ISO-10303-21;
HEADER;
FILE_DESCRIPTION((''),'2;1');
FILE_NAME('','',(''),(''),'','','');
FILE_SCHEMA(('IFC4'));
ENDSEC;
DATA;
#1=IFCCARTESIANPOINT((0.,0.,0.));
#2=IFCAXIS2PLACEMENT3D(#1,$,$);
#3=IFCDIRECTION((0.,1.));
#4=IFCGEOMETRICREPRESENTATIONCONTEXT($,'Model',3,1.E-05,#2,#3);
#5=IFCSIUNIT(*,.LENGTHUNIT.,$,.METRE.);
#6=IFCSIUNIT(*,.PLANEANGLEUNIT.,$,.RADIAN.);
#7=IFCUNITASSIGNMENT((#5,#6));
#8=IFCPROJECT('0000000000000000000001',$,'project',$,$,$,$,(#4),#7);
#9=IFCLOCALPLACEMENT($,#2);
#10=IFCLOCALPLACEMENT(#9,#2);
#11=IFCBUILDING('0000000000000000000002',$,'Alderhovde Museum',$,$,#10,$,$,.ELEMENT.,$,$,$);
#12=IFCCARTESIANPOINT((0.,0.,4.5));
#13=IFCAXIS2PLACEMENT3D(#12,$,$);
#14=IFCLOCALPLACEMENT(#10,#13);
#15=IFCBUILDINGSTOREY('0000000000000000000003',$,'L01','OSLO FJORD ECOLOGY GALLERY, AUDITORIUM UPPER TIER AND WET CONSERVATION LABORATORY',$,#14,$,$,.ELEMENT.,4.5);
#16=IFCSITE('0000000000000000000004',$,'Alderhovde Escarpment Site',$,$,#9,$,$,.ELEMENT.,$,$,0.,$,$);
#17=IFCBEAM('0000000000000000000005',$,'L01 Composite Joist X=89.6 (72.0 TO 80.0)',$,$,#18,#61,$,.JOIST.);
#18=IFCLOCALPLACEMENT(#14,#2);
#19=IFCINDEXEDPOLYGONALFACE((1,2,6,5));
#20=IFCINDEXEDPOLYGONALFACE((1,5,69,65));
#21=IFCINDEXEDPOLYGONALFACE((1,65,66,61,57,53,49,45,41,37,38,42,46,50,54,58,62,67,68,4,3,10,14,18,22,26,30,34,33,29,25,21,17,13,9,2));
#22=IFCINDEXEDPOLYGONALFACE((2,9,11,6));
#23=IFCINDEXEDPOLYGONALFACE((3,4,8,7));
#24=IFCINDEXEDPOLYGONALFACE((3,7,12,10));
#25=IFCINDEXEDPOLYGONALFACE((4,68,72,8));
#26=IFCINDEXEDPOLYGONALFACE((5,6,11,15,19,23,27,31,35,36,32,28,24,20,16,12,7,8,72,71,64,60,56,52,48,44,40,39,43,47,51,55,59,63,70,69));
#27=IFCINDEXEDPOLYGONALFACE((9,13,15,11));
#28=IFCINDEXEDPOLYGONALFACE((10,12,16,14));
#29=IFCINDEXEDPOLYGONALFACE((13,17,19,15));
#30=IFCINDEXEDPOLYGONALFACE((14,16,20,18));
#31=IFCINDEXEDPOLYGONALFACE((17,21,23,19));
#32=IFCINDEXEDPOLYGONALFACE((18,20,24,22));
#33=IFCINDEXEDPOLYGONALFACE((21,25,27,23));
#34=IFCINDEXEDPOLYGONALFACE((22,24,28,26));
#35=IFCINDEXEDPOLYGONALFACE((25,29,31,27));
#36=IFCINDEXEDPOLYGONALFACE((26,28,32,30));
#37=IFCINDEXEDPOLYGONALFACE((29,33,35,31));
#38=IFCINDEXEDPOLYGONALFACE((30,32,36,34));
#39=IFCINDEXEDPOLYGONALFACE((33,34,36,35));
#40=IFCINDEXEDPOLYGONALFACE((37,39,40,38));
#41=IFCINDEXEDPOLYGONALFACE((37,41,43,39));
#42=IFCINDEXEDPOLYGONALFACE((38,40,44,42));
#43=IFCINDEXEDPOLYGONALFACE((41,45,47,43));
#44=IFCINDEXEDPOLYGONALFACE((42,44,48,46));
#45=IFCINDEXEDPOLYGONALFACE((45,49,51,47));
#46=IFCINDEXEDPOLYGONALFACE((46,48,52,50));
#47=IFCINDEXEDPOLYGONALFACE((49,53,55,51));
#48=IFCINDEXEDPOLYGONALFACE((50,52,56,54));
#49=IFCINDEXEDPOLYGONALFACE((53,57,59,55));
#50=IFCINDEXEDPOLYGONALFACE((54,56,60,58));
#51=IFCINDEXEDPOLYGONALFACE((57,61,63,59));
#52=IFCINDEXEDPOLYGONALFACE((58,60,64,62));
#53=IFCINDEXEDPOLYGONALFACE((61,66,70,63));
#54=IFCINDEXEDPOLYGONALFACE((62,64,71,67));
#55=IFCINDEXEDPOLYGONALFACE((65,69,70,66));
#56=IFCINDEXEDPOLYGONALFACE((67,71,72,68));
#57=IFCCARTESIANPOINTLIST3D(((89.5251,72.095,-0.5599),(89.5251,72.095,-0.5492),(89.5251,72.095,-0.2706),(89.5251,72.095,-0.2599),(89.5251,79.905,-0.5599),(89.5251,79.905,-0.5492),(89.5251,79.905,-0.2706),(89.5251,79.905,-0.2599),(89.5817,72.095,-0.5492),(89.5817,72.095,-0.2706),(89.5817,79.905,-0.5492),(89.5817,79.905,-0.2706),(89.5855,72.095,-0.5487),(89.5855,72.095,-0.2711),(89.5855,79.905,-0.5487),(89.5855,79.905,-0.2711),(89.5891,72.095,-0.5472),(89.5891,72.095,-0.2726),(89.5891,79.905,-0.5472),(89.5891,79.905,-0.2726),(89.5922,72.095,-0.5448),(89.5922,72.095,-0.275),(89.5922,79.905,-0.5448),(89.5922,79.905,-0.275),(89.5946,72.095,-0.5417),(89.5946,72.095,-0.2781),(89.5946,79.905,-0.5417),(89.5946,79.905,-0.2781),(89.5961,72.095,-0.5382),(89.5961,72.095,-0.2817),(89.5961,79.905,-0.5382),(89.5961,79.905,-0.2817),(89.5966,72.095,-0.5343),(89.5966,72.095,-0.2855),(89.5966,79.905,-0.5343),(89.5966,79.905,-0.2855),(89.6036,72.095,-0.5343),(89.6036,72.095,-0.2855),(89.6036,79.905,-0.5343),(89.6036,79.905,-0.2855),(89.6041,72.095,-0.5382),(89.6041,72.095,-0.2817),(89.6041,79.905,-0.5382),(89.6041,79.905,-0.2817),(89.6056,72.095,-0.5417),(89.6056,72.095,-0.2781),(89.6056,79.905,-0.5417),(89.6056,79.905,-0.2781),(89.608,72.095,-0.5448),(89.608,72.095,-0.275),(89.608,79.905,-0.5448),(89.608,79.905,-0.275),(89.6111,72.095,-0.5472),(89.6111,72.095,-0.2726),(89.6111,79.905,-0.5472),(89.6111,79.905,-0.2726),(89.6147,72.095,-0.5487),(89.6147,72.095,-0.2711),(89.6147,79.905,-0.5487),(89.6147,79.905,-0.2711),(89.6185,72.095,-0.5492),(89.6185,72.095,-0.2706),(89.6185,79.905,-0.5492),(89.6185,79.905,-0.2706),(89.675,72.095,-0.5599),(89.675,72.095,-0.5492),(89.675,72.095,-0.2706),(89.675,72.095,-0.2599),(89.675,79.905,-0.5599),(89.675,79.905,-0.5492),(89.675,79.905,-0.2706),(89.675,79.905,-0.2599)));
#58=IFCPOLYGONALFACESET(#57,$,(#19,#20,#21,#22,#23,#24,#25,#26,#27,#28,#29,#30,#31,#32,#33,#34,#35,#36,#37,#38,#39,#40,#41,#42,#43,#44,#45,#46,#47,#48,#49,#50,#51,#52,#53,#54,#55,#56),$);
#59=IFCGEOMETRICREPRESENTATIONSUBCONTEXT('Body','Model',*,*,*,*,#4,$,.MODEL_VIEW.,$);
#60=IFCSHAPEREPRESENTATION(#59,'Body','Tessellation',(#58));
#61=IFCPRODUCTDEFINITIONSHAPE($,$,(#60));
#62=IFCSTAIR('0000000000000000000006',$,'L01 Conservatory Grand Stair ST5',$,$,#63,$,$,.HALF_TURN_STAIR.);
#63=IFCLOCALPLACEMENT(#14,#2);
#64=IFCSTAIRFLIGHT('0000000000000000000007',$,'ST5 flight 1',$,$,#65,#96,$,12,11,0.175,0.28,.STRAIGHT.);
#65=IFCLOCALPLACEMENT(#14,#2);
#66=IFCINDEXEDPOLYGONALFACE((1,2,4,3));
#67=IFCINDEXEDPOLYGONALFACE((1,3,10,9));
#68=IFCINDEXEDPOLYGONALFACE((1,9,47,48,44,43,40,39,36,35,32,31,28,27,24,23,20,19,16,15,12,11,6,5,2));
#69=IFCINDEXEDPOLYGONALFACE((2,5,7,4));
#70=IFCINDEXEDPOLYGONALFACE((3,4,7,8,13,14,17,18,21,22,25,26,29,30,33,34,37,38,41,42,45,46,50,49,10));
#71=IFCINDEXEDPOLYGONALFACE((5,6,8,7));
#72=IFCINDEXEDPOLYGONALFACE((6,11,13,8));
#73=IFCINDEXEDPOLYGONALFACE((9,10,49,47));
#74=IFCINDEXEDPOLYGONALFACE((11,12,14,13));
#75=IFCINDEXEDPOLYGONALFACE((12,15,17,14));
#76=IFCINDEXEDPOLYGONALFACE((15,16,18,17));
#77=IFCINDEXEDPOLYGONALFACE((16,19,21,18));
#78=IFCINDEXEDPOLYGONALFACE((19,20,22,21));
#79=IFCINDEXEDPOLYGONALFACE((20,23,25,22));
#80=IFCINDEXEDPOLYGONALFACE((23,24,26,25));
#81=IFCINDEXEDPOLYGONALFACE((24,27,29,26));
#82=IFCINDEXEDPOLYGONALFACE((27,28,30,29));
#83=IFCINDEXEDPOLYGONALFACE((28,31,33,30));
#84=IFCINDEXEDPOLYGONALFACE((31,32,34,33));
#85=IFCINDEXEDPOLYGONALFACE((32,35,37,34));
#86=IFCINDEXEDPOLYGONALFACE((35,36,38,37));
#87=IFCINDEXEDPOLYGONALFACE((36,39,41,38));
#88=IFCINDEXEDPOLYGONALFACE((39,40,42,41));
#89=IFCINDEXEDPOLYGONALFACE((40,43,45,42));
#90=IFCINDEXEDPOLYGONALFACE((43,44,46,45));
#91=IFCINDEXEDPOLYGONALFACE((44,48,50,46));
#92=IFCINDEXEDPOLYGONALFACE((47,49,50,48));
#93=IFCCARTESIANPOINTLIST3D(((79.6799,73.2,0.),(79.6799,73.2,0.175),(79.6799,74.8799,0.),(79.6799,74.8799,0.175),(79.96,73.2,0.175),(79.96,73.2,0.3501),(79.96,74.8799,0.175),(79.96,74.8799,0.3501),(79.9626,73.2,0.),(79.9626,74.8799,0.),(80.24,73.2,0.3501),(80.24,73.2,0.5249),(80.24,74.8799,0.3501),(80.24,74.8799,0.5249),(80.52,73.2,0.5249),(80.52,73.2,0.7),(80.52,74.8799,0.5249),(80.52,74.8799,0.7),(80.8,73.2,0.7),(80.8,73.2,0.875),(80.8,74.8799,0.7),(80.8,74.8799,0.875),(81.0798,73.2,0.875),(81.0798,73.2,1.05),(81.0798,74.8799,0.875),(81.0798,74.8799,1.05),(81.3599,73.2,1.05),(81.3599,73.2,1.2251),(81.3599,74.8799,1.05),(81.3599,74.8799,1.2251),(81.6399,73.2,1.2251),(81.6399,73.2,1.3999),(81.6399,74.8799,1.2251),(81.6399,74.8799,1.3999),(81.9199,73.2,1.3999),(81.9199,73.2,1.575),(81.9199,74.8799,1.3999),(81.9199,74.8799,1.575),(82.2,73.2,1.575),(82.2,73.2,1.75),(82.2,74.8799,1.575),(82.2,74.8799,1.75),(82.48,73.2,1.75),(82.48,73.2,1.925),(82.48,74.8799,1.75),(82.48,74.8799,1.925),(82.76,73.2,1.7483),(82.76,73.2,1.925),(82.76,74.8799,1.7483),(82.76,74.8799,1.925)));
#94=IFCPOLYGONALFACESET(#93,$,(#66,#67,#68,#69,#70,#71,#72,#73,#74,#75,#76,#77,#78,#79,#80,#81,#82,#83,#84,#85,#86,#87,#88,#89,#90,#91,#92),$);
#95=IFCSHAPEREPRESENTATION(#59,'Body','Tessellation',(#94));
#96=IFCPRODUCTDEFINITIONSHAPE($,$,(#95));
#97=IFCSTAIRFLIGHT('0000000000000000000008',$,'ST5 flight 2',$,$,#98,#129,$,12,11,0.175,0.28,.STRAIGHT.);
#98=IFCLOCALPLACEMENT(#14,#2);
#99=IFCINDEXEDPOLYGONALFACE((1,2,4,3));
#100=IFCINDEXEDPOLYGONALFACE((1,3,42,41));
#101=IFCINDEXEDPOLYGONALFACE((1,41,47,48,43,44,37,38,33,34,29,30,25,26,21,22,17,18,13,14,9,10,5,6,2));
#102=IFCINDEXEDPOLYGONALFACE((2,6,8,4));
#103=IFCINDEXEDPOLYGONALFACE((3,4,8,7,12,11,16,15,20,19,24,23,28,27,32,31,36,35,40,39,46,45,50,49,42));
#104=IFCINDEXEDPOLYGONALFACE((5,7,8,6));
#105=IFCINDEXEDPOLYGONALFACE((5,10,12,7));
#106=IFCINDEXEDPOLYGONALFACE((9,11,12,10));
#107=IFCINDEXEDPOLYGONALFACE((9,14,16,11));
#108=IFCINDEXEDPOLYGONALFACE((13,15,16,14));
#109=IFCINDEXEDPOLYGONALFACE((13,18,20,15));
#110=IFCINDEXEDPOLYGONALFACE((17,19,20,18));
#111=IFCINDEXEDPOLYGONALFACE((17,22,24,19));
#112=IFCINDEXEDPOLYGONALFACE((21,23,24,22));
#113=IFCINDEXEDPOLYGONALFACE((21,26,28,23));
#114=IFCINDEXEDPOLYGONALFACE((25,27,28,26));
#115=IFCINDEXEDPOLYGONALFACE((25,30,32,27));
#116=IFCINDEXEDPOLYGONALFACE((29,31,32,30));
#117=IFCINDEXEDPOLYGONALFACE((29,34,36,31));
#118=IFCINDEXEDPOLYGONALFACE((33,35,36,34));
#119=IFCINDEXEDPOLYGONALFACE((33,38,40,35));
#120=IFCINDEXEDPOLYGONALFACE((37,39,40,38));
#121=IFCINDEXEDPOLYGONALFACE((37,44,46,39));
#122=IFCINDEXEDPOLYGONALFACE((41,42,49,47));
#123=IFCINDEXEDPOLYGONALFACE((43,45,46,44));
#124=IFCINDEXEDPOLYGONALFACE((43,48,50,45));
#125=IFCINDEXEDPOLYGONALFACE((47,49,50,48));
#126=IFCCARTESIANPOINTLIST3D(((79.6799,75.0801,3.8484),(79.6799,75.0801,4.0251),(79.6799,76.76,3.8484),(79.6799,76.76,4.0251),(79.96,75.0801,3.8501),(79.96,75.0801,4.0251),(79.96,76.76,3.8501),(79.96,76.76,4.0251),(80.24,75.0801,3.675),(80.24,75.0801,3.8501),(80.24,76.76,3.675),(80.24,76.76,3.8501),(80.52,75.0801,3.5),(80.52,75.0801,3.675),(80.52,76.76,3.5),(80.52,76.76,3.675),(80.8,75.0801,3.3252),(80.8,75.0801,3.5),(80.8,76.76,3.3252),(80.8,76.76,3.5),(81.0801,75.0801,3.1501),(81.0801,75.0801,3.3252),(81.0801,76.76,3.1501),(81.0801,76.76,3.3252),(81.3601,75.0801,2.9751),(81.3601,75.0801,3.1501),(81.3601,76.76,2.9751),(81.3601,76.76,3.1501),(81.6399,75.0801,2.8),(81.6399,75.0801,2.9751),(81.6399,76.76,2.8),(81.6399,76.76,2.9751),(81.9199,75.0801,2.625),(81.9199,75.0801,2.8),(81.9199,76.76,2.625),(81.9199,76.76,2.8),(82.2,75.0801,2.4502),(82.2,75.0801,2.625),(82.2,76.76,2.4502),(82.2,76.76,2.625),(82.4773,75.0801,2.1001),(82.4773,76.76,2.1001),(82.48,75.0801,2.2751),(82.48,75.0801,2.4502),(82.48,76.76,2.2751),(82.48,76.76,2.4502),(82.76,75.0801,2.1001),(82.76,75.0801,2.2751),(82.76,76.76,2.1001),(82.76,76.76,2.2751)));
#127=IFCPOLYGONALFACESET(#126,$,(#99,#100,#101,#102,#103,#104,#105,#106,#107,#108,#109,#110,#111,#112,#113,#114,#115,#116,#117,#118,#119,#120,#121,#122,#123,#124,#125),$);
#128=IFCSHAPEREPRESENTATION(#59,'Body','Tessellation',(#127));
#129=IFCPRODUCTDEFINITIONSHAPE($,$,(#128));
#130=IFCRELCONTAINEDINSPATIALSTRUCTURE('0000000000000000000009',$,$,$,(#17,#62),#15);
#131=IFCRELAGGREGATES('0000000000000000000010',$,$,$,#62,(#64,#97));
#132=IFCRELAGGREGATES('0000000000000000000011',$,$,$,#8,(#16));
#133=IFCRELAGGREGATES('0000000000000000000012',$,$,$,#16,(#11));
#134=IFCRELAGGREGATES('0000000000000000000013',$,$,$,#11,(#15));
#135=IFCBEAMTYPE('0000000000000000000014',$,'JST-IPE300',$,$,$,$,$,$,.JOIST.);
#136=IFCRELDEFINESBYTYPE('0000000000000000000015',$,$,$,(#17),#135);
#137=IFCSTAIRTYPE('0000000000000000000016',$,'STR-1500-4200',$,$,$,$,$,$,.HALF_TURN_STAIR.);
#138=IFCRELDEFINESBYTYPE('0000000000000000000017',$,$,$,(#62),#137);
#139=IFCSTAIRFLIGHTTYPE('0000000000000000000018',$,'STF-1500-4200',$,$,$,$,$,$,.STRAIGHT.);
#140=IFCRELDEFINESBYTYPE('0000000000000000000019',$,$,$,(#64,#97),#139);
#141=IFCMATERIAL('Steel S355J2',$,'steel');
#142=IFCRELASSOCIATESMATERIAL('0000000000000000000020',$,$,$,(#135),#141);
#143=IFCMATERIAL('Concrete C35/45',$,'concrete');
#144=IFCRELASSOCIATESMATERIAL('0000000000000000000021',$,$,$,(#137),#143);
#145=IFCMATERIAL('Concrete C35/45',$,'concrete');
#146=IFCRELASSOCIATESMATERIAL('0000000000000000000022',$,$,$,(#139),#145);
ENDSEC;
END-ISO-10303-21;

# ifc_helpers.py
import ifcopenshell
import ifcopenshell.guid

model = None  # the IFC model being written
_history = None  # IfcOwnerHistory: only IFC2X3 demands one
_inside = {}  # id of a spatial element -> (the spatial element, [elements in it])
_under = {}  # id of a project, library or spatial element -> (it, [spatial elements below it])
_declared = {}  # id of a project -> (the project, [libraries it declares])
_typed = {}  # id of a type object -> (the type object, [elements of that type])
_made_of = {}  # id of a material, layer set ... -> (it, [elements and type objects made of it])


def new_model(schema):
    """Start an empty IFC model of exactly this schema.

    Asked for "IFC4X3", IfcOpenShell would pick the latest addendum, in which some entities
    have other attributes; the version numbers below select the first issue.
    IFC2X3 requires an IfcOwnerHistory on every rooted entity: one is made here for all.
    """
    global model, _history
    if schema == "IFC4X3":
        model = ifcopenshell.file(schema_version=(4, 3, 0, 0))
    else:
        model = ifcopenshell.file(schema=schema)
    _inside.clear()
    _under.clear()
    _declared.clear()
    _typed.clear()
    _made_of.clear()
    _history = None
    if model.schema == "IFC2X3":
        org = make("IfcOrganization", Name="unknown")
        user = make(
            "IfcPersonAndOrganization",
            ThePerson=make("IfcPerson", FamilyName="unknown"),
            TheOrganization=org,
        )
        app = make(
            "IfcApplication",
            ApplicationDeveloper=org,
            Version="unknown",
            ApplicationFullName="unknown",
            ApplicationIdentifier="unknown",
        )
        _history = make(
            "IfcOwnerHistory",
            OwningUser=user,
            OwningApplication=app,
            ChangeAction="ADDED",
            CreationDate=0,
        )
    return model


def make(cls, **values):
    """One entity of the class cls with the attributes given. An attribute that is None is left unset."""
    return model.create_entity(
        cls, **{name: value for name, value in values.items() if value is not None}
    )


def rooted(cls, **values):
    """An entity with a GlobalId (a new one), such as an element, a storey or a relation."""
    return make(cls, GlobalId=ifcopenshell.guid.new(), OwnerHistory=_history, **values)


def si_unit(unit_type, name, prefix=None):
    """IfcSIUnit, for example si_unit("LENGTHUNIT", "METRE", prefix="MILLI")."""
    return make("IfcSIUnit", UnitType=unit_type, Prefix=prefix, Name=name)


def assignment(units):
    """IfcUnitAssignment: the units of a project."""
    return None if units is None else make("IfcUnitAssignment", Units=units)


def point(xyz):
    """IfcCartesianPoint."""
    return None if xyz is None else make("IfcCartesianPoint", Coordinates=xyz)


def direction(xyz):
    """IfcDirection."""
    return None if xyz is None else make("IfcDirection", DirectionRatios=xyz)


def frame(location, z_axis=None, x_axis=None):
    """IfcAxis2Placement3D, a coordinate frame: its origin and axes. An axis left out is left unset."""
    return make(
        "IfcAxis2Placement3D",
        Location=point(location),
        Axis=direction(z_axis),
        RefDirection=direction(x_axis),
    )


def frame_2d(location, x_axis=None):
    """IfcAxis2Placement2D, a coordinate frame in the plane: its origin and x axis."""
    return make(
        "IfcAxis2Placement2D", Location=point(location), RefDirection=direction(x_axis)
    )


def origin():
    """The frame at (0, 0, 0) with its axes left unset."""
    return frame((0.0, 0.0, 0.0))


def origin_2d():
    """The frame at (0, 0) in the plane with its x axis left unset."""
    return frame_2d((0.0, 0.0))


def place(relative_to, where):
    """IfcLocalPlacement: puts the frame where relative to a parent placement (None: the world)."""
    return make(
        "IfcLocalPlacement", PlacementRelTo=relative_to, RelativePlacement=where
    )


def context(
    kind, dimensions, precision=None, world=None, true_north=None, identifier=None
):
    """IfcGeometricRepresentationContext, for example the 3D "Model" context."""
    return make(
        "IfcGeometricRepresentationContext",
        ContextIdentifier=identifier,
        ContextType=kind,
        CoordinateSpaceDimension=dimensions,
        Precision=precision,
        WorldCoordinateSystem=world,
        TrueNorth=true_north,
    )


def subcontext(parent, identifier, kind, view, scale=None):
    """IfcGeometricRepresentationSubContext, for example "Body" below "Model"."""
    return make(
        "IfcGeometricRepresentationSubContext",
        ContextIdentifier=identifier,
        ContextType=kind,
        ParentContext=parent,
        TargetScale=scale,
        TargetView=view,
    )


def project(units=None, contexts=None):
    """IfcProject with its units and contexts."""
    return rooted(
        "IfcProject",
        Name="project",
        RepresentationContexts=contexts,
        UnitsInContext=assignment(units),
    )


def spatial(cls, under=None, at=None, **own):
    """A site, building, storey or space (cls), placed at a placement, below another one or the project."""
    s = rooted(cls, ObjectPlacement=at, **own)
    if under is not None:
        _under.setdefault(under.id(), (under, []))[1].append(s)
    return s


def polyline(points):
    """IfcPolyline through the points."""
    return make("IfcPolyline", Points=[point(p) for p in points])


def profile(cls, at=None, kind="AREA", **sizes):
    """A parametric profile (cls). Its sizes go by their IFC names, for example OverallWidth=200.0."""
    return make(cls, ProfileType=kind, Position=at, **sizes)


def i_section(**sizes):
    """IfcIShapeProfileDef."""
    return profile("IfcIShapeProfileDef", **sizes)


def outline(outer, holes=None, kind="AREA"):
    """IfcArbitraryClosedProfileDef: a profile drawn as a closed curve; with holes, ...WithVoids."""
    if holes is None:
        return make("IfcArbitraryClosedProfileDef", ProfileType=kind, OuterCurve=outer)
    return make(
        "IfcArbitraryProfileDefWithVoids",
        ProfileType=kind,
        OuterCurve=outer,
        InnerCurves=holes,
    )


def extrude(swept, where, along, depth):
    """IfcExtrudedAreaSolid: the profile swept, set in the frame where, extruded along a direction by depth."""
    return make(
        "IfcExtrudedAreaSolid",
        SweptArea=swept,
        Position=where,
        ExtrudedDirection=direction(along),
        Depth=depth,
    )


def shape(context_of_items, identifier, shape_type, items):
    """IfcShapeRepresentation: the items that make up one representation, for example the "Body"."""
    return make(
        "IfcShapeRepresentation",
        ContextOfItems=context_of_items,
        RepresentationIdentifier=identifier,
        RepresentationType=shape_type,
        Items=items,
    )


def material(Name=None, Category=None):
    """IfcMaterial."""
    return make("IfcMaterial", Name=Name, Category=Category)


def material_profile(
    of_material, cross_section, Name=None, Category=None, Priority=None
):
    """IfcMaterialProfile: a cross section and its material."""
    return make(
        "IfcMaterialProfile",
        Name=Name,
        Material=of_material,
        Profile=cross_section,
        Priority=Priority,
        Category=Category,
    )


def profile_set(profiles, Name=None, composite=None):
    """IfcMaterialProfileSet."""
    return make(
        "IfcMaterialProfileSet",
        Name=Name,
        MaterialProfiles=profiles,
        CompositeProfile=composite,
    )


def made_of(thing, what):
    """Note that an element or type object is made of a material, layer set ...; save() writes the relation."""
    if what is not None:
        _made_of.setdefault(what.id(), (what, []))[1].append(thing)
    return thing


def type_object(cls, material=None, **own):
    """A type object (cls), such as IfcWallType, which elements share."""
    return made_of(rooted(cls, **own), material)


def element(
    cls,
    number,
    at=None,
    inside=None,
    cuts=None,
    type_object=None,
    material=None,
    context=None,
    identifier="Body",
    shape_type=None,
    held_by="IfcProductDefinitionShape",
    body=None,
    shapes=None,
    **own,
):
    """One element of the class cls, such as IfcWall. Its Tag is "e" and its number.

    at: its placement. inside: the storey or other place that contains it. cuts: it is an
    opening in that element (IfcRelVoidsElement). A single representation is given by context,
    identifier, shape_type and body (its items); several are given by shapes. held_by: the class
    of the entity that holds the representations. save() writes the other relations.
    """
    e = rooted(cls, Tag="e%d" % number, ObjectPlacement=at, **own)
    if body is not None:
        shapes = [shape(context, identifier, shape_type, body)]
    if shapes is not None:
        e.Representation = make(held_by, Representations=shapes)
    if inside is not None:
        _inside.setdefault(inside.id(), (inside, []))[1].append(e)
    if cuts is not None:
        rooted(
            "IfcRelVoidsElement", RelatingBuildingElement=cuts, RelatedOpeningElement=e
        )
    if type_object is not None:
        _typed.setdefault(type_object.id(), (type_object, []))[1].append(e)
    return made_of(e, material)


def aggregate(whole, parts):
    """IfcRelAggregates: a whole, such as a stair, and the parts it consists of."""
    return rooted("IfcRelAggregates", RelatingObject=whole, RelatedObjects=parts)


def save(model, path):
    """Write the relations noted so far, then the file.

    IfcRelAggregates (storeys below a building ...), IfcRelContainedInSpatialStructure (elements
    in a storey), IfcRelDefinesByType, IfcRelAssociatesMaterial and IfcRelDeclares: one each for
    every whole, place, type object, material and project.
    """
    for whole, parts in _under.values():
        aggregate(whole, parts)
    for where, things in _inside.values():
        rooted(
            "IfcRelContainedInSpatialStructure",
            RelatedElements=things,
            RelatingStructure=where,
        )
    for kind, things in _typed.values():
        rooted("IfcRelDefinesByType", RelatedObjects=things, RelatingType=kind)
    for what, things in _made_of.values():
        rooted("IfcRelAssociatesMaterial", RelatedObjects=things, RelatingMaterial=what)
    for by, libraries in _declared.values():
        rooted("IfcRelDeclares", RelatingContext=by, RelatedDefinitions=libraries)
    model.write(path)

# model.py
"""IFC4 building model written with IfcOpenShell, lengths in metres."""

from ifc_helpers import new_model, si_unit, direction, frame, origin, origin_2d, place, context, subcontext, project, spatial, polyline, i_section, outline, extrude, material, material_profile, profile_set, type_object, element, aggregate, save


model = new_model("IFC4")

# Units and contexts
model_context = context("Model", 3, precision=1e-05, world=origin(), true_north=direction((0.0, 1.0)))
body_context = subcontext(model_context, "Body", "Model", "MODEL_VIEW")
ifc_project = project(units=[si_unit("LENGTHUNIT", "METRE"), si_unit("PLANEANGLEUNIT", "RADIAN")], contexts=[model_context])

# Site, building, storey
site_placement = place(None, origin())
site = spatial("IfcSite", under=ifc_project, at=site_placement, Name="Alderhovde Escarpment Site", CompositionType="ELEMENT", RefElevation=0.0)
building_placement = place(site_placement, origin())
building = spatial("IfcBuilding", under=site, at=building_placement, Name="Alderhovde Museum", CompositionType="ELEMENT")
storey_placement = place(building_placement, frame((0.0, 0.0, 4.5)))
storey = spatial("IfcBuildingStorey", under=building, at=storey_placement, Name="L01", Description="OSLO FJORD ECOLOGY GALLERY, AUDITORIUM UPPER TIER AND WET CONSERVATION LABORATORY", CompositionType="ELEMENT", Elevation=4.5)

# Beam
ifc_material_1 = material(Name="Steel S355J2", Category="steel")
ifc_material_profile_1 = material_profile(ifc_material_1, i_section(OverallWidth=0.1499, OverallDepth=0.3, WebThickness=0.0071, FlangeThickness=0.0107, FilletRadius=0.0149, at=origin_2d()), Name="IPE 300")
ifc_profile_set_1 = profile_set([ifc_material_profile_1], Name="Steel S355J2")
beam_type_1 = type_object("IfcBeamType", Name="JST-IPE300", PredefinedType="JOIST", material=ifc_profile_set_1)
beam_1_placement = place(storey_placement, frame((89.6001, 72.095, -0.4099), z_axis=(0.0, 1.0, 0.0), x_axis=(-1.0, 0.0, 0.0)))
element("IfcBeam", 1, at=beam_1_placement, inside=storey, type_object=beam_type_1, Name="L01 Composite Joist X=89.6 (72.0 TO 80.0)", PredefinedType="JOIST", context=body_context, shape_type="SweptSolid", body=[
    extrude(i_section(OverallWidth=0.1499, OverallDepth=0.3, WebThickness=0.0071, FlangeThickness=0.0107, FilletRadius=0.0149, at=origin_2d()), origin(), (0.0, 0.0, 1.0), 7.8101),
])

# Stair, stair flights
ifc_material_2 = material(Name="Concrete C35/45", Category="concrete")
stair_type = type_object("IfcStairType", Name="STR-1500-4200", PredefinedType="HALF_TURN_STAIR", material=ifc_material_2)
stair_placement = place(storey_placement, origin())
stair = element("IfcStair", 2, at=stair_placement, inside=storey, type_object=stair_type, Name="L01 Conservatory Grand Stair ST5", PredefinedType="HALF_TURN_STAIR")
ifc_material_3 = material(Name="Concrete C35/45", Category="concrete")
stair_flight_type = type_object("IfcStairFlightType", Name="STF-1500-4200", PredefinedType="STRAIGHT", material=ifc_material_3)
stair_flight_1_placement = place(storey_placement, frame((79.6799, 74.04, 0.0), z_axis=(0.0, 0.0, 1.0), x_axis=(1.0, 0.0, 0.0)))
stair_flight_1 = element("IfcStairFlight", 3, at=stair_flight_1_placement, type_object=stair_flight_type, Name="ST5 flight 1", NumberOfRisers=12, NumberOfTreads=11, PredefinedType="STRAIGHT", RiserHeight=0.175, TreadLength=0.28, context=body_context, shape_type="SweptSolid", body=[
    extrude(outline(polyline([(0.0, 0.0), (0.0, 0.175), (0.28, 0.175), (0.28, 0.3501), (0.5601, 0.3501), (0.5601, 0.5249), (0.8401, 0.5249), (0.8401, 0.7), (1.1201, 0.7), (1.1201, 0.875), (1.3999, 0.875), (1.3999, 1.05), (1.6799, 1.05), (1.6799, 1.2251), (1.96, 1.2251), (1.96, 1.3999), (2.24, 1.3999), (2.24, 1.575), (2.52, 1.575), (2.52, 1.75), (2.8, 1.75), (2.8, 1.925), (3.0801, 1.925), (3.0801, 2.1001), (3.0801, 1.7483), (0.2827, 0.0), (0.0, 0.0)])), frame((0.0, 0.8398, 0.0), z_axis=(0.0, -1.0, 0.0), x_axis=(1.0, 0.0, 0.0)), (0.0, 0.0, 1.0), 1.6799),
])
stair_flight_2_placement = place(storey_placement, frame((82.76, 75.9199, 2.1001), z_axis=(0.0, 0.0, 1.0), x_axis=(-1.0, 0.0, 0.0)))
stair_flight_2 = element("IfcStairFlight", 4, at=stair_flight_2_placement, type_object=stair_flight_type, Name="ST5 flight 2", NumberOfRisers=12, NumberOfTreads=11, PredefinedType="STRAIGHT", RiserHeight=0.175, TreadLength=0.28, context=body_context, shape_type="SweptSolid", body=[
    extrude(outline(polyline([(0.0, 0.0), (0.0, 0.175), (0.28, 0.175), (0.28, 0.3501), (0.5601, 0.3501), (0.5601, 0.5249), (0.8401, 0.5249), (0.8401, 0.7), (1.1201, 0.7), (1.1201, 0.875), (1.3999, 0.875), (1.3999, 1.05), (1.6799, 1.05), (1.6799, 1.2251), (1.96, 1.2251), (1.96, 1.3999), (2.24, 1.3999), (2.24, 1.575), (2.52, 1.575), (2.52, 1.75), (2.8, 1.75), (2.8, 1.925), (3.0801, 1.925), (3.0801, 2.1001), (3.0801, 1.7483), (0.2827, 0.0), (0.0, 0.0)])), frame((0.0, 0.8398, 0.0), z_axis=(0.0, -1.0, 0.0), x_axis=(1.0, 0.0, 0.0)), (0.0, 0.0, 1.0), 1.6799),
])
aggregate(stair, [stair_flight_1, stair_flight_2])

save(model, "model.ifc")
